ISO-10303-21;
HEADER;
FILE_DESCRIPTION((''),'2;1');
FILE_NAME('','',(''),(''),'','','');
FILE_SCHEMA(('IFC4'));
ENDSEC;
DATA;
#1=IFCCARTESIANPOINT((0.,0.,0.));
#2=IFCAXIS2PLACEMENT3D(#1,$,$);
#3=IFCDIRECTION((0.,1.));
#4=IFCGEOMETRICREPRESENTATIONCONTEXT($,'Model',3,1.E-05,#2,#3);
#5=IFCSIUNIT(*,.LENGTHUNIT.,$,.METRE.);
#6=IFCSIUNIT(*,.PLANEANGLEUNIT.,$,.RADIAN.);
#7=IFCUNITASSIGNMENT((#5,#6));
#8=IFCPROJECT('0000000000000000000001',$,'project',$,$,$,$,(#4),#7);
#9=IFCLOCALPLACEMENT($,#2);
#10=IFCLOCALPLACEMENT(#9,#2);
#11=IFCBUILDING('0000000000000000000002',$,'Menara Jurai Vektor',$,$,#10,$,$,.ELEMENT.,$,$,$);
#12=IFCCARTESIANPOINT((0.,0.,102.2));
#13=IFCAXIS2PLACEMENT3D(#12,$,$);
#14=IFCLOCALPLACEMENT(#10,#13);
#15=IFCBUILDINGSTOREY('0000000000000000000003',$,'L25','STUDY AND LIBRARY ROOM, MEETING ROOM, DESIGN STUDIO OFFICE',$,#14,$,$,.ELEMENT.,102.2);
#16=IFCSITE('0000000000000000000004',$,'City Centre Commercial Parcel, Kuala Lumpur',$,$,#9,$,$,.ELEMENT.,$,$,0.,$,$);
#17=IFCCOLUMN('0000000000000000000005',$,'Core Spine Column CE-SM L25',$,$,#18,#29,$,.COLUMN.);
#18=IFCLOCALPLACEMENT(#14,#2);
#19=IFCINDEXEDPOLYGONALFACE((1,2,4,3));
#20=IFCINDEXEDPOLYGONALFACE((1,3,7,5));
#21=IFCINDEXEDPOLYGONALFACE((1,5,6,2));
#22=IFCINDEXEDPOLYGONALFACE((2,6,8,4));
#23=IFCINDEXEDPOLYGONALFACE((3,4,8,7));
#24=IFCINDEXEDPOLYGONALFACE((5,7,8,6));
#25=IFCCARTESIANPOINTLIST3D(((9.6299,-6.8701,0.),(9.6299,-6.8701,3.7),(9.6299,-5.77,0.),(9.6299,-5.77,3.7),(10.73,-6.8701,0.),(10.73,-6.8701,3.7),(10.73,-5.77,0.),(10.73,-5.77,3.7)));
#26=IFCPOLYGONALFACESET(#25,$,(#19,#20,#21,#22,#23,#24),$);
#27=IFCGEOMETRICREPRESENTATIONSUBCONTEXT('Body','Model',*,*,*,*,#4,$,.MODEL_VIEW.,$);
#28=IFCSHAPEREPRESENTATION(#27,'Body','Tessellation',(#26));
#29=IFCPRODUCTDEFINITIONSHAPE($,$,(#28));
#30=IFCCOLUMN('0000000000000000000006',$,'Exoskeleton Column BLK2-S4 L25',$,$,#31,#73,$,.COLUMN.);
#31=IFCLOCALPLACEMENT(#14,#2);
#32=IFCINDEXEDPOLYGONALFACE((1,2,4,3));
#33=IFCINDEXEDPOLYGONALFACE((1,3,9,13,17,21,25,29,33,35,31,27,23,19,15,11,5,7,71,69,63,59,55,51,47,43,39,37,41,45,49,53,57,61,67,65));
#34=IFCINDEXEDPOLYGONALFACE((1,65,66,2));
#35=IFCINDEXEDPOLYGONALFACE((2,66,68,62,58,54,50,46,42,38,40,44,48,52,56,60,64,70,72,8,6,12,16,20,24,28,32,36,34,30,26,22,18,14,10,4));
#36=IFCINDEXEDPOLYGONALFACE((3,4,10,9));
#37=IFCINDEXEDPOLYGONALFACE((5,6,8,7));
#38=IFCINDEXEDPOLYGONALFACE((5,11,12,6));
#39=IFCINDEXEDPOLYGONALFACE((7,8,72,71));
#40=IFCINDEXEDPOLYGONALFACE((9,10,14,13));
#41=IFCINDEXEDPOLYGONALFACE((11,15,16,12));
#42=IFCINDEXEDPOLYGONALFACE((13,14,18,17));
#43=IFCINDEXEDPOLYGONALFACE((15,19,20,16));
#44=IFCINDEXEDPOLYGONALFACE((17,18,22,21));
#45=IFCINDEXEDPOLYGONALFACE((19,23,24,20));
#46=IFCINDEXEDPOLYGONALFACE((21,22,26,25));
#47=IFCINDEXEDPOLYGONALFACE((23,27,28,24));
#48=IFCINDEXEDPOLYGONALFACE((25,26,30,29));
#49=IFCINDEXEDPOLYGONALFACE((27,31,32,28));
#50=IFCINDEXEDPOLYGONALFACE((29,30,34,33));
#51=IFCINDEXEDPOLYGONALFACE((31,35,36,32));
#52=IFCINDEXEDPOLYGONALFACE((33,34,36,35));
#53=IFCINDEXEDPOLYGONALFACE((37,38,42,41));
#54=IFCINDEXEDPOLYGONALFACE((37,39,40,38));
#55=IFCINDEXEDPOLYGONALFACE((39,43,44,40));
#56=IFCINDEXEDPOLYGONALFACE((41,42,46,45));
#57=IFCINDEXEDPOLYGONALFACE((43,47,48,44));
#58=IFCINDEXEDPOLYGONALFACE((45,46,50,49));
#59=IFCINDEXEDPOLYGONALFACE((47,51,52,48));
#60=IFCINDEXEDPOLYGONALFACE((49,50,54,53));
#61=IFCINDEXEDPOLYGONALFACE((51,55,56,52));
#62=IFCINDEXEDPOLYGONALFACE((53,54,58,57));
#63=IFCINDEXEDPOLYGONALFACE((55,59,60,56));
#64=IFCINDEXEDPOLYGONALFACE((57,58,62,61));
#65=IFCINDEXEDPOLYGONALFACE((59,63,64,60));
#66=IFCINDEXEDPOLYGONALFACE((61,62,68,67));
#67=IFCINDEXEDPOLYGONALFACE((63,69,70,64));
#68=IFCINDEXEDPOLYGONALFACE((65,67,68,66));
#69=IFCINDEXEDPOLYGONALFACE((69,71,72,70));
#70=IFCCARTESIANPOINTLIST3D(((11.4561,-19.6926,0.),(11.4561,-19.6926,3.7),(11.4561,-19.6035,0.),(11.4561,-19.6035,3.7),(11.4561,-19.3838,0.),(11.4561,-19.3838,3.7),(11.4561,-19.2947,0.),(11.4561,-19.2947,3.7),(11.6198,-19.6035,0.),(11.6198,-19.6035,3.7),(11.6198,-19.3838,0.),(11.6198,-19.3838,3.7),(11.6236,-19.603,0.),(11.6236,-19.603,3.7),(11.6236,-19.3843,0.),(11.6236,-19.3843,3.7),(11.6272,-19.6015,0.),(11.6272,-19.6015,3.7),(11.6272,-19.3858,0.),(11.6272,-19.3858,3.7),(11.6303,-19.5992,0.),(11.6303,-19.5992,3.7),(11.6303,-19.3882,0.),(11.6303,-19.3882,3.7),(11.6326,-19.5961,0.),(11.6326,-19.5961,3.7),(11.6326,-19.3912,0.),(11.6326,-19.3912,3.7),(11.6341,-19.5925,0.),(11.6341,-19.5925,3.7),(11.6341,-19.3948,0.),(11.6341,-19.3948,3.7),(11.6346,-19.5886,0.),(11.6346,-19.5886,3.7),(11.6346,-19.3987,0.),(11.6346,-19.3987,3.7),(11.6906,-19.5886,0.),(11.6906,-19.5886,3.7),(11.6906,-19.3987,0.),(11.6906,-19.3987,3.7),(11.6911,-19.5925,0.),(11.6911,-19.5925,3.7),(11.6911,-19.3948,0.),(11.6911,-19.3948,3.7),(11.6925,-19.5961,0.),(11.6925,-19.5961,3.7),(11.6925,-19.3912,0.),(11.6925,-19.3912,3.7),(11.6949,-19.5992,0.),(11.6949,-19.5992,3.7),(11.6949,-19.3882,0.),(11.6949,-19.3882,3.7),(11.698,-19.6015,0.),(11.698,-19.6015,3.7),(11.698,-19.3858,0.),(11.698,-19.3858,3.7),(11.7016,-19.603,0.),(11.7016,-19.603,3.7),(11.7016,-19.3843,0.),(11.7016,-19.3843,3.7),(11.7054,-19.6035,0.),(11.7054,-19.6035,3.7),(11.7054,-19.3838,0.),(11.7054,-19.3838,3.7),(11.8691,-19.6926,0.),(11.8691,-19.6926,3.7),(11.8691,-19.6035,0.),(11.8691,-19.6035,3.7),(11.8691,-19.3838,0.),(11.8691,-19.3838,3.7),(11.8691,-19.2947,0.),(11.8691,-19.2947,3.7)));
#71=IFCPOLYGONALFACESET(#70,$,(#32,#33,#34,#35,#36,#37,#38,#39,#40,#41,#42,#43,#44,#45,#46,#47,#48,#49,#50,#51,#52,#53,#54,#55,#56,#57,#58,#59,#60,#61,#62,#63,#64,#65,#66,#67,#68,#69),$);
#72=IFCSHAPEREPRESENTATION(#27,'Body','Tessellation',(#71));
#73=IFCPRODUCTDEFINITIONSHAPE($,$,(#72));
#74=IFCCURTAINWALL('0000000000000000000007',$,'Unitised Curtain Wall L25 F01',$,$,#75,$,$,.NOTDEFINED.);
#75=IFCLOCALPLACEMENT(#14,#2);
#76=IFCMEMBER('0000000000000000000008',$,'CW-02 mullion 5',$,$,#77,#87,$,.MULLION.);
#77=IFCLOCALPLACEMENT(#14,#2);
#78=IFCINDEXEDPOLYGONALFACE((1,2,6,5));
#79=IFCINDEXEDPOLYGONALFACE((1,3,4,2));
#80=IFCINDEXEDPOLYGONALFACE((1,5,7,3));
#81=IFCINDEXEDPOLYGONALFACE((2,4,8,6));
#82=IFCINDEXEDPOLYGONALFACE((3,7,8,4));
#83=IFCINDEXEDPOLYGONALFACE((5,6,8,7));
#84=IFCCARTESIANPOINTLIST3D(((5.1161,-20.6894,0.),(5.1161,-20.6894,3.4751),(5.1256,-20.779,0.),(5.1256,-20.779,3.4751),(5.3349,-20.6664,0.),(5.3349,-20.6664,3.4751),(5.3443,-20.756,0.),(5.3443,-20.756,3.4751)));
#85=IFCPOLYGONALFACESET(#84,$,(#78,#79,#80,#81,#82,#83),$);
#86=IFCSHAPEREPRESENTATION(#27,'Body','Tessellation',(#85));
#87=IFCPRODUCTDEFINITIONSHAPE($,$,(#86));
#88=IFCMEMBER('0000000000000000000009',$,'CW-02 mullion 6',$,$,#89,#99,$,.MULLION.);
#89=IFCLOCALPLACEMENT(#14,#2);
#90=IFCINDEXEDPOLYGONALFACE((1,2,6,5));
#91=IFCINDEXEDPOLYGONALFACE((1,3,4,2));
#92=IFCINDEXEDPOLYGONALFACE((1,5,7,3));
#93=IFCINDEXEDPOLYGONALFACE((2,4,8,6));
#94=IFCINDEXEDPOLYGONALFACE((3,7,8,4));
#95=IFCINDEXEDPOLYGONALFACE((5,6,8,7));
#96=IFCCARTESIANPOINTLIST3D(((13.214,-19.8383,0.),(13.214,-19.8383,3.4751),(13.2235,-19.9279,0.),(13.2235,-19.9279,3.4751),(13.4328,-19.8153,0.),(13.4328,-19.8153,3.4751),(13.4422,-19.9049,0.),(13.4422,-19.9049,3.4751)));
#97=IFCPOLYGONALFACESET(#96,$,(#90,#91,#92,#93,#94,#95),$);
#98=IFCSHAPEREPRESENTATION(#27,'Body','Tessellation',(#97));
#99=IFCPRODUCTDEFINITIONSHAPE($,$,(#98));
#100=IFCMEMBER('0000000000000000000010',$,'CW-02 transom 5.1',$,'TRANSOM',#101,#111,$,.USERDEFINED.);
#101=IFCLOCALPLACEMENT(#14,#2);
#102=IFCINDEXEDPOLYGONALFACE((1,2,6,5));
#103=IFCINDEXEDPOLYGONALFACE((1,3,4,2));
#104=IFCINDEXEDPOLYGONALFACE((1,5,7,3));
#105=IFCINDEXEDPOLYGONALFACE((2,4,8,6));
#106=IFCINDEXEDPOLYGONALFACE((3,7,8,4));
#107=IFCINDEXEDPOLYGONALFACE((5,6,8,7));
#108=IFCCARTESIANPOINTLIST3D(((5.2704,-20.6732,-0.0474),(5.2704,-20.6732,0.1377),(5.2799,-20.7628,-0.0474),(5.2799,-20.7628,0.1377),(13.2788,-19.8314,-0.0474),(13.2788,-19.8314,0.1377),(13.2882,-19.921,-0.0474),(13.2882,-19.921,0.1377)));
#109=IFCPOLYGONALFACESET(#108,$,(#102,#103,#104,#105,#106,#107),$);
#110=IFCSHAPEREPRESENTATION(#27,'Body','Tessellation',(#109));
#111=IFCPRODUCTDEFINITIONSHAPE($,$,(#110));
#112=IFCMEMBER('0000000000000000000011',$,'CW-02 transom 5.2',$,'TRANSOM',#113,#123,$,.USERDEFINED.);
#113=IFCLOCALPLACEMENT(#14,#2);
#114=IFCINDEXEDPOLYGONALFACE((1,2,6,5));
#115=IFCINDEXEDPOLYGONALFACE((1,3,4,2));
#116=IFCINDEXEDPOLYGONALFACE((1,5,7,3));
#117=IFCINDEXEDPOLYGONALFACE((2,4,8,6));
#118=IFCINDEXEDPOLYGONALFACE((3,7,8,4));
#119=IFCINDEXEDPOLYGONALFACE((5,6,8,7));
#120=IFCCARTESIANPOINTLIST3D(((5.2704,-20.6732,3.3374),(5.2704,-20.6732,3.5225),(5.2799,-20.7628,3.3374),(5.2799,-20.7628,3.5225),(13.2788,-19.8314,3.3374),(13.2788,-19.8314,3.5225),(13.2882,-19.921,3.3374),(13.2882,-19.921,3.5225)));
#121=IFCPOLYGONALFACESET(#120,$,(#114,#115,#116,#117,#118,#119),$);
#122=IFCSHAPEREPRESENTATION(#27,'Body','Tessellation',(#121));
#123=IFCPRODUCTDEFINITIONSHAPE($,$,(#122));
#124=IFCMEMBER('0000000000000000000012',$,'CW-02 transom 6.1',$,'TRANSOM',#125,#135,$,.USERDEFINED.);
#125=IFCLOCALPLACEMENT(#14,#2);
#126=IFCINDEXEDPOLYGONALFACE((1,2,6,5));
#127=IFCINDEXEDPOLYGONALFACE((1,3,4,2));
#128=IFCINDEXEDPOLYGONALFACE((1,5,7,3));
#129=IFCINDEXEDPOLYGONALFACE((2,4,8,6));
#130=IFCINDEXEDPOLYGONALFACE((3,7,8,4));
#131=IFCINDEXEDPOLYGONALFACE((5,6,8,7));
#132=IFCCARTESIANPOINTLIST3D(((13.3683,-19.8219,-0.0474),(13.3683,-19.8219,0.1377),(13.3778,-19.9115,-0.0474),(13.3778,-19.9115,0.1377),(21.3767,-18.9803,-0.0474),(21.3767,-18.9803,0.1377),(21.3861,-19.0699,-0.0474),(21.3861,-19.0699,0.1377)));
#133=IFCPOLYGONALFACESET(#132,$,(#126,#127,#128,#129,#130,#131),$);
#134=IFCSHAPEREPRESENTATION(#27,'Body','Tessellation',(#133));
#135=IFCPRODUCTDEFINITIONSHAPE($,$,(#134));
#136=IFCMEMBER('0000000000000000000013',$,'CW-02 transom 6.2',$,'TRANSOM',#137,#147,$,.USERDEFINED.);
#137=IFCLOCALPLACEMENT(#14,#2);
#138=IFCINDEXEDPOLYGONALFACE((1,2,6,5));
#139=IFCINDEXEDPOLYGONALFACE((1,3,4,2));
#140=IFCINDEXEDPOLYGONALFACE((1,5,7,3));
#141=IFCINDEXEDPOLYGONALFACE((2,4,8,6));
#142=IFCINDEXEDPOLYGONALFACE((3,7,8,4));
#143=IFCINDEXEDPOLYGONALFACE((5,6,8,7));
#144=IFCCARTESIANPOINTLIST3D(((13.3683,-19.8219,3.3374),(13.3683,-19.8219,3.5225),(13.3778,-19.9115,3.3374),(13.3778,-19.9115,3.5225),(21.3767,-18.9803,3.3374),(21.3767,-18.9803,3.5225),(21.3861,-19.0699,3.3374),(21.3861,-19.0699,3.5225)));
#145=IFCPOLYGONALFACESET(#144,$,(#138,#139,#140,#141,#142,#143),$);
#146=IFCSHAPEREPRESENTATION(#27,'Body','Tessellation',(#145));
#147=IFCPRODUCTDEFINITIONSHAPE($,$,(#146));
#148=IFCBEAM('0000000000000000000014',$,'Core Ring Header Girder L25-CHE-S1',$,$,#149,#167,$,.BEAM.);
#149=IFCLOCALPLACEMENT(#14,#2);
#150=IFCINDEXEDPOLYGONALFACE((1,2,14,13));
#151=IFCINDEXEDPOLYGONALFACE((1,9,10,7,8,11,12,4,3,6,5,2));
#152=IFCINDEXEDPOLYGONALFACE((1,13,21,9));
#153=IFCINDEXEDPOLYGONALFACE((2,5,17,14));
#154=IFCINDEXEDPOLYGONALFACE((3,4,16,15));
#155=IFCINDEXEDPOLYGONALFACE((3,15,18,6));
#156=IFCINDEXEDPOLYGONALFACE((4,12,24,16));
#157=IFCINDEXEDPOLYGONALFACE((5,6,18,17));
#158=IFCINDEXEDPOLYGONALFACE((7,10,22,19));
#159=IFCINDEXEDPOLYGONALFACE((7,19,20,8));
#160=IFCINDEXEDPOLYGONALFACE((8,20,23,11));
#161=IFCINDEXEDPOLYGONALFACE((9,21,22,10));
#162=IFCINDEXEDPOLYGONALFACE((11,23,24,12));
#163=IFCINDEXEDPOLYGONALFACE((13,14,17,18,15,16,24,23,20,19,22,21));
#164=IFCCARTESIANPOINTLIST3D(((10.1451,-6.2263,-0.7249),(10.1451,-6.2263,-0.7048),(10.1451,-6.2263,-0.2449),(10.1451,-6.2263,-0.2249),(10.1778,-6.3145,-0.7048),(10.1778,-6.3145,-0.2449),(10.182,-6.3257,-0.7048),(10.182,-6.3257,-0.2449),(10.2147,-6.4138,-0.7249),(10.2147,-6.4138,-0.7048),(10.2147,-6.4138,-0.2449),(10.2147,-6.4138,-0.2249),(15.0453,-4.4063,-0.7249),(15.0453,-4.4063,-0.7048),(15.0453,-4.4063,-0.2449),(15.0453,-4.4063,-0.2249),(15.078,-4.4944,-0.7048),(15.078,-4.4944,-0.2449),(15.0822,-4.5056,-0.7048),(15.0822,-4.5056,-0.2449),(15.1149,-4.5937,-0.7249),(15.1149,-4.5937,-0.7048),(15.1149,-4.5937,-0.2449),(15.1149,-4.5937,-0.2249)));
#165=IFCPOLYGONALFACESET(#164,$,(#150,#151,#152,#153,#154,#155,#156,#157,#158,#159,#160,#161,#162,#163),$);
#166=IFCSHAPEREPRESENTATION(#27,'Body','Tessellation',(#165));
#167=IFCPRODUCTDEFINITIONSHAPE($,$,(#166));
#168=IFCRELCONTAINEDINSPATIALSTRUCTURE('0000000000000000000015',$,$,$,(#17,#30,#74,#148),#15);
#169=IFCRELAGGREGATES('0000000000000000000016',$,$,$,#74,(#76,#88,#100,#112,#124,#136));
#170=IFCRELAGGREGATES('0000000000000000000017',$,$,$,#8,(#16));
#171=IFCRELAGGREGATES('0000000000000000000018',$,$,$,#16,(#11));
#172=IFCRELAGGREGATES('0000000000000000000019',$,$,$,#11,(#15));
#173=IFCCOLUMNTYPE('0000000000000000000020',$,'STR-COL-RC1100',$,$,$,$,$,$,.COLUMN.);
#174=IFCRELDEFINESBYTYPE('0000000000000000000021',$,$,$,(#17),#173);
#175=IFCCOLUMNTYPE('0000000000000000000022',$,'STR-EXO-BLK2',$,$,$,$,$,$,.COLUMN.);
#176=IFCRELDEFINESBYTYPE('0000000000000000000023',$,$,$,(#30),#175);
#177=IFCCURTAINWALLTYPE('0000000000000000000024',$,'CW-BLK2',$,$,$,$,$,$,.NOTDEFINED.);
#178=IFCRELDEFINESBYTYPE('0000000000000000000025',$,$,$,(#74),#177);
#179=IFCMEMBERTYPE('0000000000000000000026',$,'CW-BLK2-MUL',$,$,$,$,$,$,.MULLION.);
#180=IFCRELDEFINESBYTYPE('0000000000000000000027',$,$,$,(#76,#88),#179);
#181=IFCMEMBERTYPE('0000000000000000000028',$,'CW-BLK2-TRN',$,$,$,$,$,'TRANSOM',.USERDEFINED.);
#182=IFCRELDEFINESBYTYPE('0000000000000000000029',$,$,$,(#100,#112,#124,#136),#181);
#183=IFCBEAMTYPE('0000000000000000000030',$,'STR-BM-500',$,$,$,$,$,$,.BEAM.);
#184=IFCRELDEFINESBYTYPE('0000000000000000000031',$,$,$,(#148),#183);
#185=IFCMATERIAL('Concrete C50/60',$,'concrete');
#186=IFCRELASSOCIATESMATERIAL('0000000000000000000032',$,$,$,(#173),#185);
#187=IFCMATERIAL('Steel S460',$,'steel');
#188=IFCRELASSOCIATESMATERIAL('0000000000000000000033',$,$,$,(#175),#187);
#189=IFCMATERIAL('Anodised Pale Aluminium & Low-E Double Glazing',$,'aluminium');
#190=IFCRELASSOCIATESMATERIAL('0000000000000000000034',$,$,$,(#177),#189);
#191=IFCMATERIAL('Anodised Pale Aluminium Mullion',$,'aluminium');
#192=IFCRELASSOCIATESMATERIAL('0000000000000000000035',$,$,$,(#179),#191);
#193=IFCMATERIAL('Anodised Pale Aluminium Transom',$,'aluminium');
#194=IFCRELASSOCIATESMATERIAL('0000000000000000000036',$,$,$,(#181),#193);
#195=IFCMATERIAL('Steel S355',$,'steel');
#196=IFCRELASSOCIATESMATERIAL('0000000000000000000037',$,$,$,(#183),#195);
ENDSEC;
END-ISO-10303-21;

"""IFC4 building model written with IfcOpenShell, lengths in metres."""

from ifc_helpers import new_model, si_unit, direction, frame, origin, origin_2d, place, context, subcontext, project, spatial, rectangle, i_section, extrude, material, material_profile, profile_set, type_object, element, aggregate, save


model = new_model("IFC4")

# Units and contexts
model_context = context("Model", 3, precision=1e-05, world=origin(), true_north=direction((0.0, 1.0)))
body_context = subcontext(model_context, "Body", "Model", "MODEL_VIEW")
ifc_project = project(units=[si_unit("LENGTHUNIT", "METRE"), si_unit("PLANEANGLEUNIT", "RADIAN")], contexts=[model_context])

# Site, building, storey
site_placement = place(None, origin())
site = spatial("IfcSite", under=ifc_project, at=site_placement, Name="City Centre Commercial Parcel, Kuala Lumpur", CompositionType="ELEMENT", RefElevation=0.0)
building_placement = place(site_placement, origin())
building = spatial("IfcBuilding", under=site, at=building_placement, Name="Menara Jurai Vektor", CompositionType="ELEMENT")
storey_placement = place(building_placement, frame((0.0, 0.0, 102.2)))
storey = spatial("IfcBuildingStorey", under=building, at=storey_placement, Name="L25", Description="STUDY AND LIBRARY ROOM, MEETING ROOM, DESIGN STUDIO OFFICE", CompositionType="ELEMENT", Elevation=102.2)

# Columns
ifc_material_1 = material(Name="Concrete C50/60", Category="concrete")
ifc_material_profile_1 = material_profile(ifc_material_1, rectangle(XDim=1.1001, YDim=1.1001, at=origin_2d()), Name="RC 1100x1100")
ifc_profile_set_1 = profile_set([ifc_material_profile_1], Name="Concrete C50/60")
column_type_1 = type_object("IfcColumnType", Name="STR-COL-RC1100", PredefinedType="COLUMN", material=ifc_profile_set_1)
column_1_placement = place(storey_placement, frame((10.1799, -6.3201, 0.0), z_axis=(0.0, 0.0, 1.0), x_axis=(1.0, 0.0, 0.0)))
element("IfcColumn", 1, at=column_1_placement, inside=storey, type_object=column_type_1, Name="Core Spine Column CE-SM L25", PredefinedType="COLUMN", context=body_context, shape_type="SweptSolid", body=[
    extrude(rectangle(XDim=1.1001, YDim=1.1001, at=origin_2d()), origin(), (0.0, 0.0, 1.0), 3.7),
])
ifc_material_2 = material(Name="Steel S460", Category="steel")
ifc_material_profile_2 = material_profile(ifc_material_2, i_section(OverallWidth=0.4131, OverallDepth=0.3979, WebThickness=0.0559, FlangeThickness=0.0891, FilletRadius=0.0149, at=origin_2d()), Name="HD 400x744")
ifc_profile_set_2 = profile_set([ifc_material_profile_2], Name="Steel S460")
column_type_2 = type_object("IfcColumnType", Name="STR-EXO-BLK2", PredefinedType="COLUMN", material=ifc_profile_set_2)
column_2_placement = place(storey_placement, frame((11.6626, -19.4937, 0.0), z_axis=(0.0, 0.0, 1.0), x_axis=(1.0, 0.0, 0.0)))
element("IfcColumn", 2, at=column_2_placement, inside=storey, type_object=column_type_2, Name="Exoskeleton Column BLK2-S4 L25", PredefinedType="COLUMN", context=body_context, shape_type="SweptSolid", body=[
    extrude(i_section(OverallWidth=0.4131, OverallDepth=0.3979, WebThickness=0.0559, FlangeThickness=0.0891, FilletRadius=0.0149, at=origin_2d()), origin(), (0.0, 0.0, 1.0), 3.7),
])

# Curtain wall, members
ifc_material_3 = material(Name="Anodised Pale Aluminium & Low-E Double Glazing", Category="aluminium")
curtain_wall_type = type_object("IfcCurtainWallType", Name="CW-BLK2", PredefinedType="NOTDEFINED", material=ifc_material_3)
curtain_wall_placement = place(storey_placement, origin())
curtain_wall = element("IfcCurtainWall", 3, at=curtain_wall_placement, inside=storey, type_object=curtain_wall_type, Name="Unitised Curtain Wall L25 F01", PredefinedType="NOTDEFINED")
ifc_material_4 = material(Name="Anodised Pale Aluminium Mullion", Category="aluminium")
ifc_material_profile_3 = material_profile(ifc_material_4, rectangle(XDim=0.0901, YDim=0.22, at=origin_2d()), Name="ALU MUL 90x220")
ifc_profile_set_3 = profile_set([ifc_material_profile_3], Name="Anodised Pale Aluminium Mullion")
member_type_1 = type_object("IfcMemberType", Name="CW-BLK2-MUL", PredefinedType="MULLION", material=ifc_profile_set_3)
member_1_placement = place(storey_placement, frame((5.2302, -20.7227, 0.0), z_axis=(0.0, 0.0, 1.0), x_axis=(-0.104529, 0.994522, 0.0)))
member_1 = element("IfcMember", 4, at=member_1_placement, type_object=member_type_1, Name="CW-02 mullion 5", PredefinedType="MULLION", context=body_context, shape_type="SweptSolid", body=[
    extrude(rectangle(XDim=0.0901, YDim=0.22, at=origin_2d()), origin(), (0.0, 0.0, 1.0), 3.4751),
])
member_2_placement = place(storey_placement, frame((13.3281, -19.8716, 0.0), z_axis=(0.0, 0.0, 1.0), x_axis=(-0.104529, 0.994522, 0.0)))
member_2 = element("IfcMember", 5, at=member_2_placement, type_object=member_type_1, Name="CW-02 mullion 6", PredefinedType="MULLION", context=body_context, shape_type="SweptSolid", body=[
    extrude(rectangle(XDim=0.0901, YDim=0.22, at=origin_2d()), origin(), (0.0, 0.0, 1.0), 3.4751),
])
ifc_material_5 = material(Name="Anodised Pale Aluminium Transom", Category="aluminium")
ifc_material_profile_4 = material_profile(ifc_material_5, rectangle(XDim=0.0901, YDim=0.1851, at=origin_2d()), Name="ALU TRN 90x185")
ifc_profile_set_4 = profile_set([ifc_material_profile_4], Name="Anodised Pale Aluminium Transom")
member_type_2 = type_object("IfcMemberType", Name="CW-BLK2-TRN", ElementType="TRANSOM", PredefinedType="USERDEFINED", material=ifc_profile_set_4)
member_3_placement = place(storey_placement, frame((5.2751, -20.718, 0.0452), z_axis=(0.994521, 0.10454, 0.0), x_axis=(-0.10454, 0.994521, 0.0)))
member_3 = element("IfcMember", 6, at=member_3_placement, type_object=member_type_2, Name="CW-02 transom 5.1", ObjectType="TRANSOM", PredefinedType="USERDEFINED", context=body_context, shape_type="SweptSolid", body=[
    extrude(rectangle(XDim=0.0901, YDim=0.1851, at=origin_2d()), origin(), (0.0, 0.0, 1.0), 8.0525),
])
member_4_placement = place(storey_placement, frame((5.2751, -20.718, 3.4299), z_axis=(0.994521, 0.10454, 0.0), x_axis=(-0.10454, 0.994521, 0.0)))
member_4 = element("IfcMember", 7, at=member_4_placement, type_object=member_type_2, Name="CW-02 transom 5.2", ObjectType="TRANSOM", PredefinedType="USERDEFINED", context=body_context, shape_type="SweptSolid", body=[
    extrude(rectangle(XDim=0.0901, YDim=0.1851, at=origin_2d()), origin(), (0.0, 0.0, 1.0), 8.0525),
])
member_5_placement = place(storey_placement, frame((13.373, -19.8667, 0.0452), z_axis=(0.994524, 0.10451, 0.0), x_axis=(-0.10451, 0.994524, 0.0)))
member_5 = element("IfcMember", 8, at=member_5_placement, type_object=member_type_2, Name="CW-02 transom 6.1", ObjectType="TRANSOM", PredefinedType="USERDEFINED", context=body_context, shape_type="SweptSolid", body=[
    extrude(rectangle(XDim=0.0901, YDim=0.1851, at=origin_2d()), origin(), (0.0, 0.0, 1.0), 8.0525),
])
member_6_placement = place(storey_placement, frame((13.373, -19.8667, 3.4299), z_axis=(0.994524, 0.10451, 0.0), x_axis=(-0.10451, 0.994524, 0.0)))
member_6 = element("IfcMember", 9, at=member_6_placement, type_object=member_type_2, Name="CW-02 transom 6.2", ObjectType="TRANSOM", PredefinedType="USERDEFINED", context=body_context, shape_type="SweptSolid", body=[
    extrude(rectangle(XDim=0.0901, YDim=0.1851, at=origin_2d()), origin(), (0.0, 0.0, 1.0), 8.0525),
])

# Beam
ifc_material_6 = material(Name="Steel S355", Category="steel")
ifc_material_profile_5 = material_profile(ifc_material_6, i_section(OverallWidth=0.2, OverallDepth=0.5, WebThickness=0.012, FlangeThickness=0.02, at=origin_2d()), Name="PG 500x200x96")
ifc_profile_set_5 = profile_set([ifc_material_profile_5], Name="Steel S355")
beam_type_1 = type_object("IfcBeamType", Name="STR-BM-500", PredefinedType="BEAM", material=ifc_profile_set_5)
beam_1_placement = place(storey_placement, frame((10.1799, -6.3201, -0.4749), z_axis=(0.937424, 0.348189, 0.0), x_axis=(-0.348189, 0.937424, 0.0)))
element("IfcBeam", 10, at=beam_1_placement, inside=storey, type_object=beam_type_1, Name="Core Ring Header Girder L25-CHE-S1", PredefinedType="BEAM", context=body_context, shape_type="SweptSolid", body=[
    extrude(i_section(OverallWidth=0.2, OverallDepth=0.5, WebThickness=0.012, FlangeThickness=0.02, at=origin_2d()), origin(), (0.0, 0.0, 1.0), 5.2273),
])

aggregate(curtain_wall, [member_1, member_2, member_3, member_4, member_5, member_6])

save(model, "model.ifc")
